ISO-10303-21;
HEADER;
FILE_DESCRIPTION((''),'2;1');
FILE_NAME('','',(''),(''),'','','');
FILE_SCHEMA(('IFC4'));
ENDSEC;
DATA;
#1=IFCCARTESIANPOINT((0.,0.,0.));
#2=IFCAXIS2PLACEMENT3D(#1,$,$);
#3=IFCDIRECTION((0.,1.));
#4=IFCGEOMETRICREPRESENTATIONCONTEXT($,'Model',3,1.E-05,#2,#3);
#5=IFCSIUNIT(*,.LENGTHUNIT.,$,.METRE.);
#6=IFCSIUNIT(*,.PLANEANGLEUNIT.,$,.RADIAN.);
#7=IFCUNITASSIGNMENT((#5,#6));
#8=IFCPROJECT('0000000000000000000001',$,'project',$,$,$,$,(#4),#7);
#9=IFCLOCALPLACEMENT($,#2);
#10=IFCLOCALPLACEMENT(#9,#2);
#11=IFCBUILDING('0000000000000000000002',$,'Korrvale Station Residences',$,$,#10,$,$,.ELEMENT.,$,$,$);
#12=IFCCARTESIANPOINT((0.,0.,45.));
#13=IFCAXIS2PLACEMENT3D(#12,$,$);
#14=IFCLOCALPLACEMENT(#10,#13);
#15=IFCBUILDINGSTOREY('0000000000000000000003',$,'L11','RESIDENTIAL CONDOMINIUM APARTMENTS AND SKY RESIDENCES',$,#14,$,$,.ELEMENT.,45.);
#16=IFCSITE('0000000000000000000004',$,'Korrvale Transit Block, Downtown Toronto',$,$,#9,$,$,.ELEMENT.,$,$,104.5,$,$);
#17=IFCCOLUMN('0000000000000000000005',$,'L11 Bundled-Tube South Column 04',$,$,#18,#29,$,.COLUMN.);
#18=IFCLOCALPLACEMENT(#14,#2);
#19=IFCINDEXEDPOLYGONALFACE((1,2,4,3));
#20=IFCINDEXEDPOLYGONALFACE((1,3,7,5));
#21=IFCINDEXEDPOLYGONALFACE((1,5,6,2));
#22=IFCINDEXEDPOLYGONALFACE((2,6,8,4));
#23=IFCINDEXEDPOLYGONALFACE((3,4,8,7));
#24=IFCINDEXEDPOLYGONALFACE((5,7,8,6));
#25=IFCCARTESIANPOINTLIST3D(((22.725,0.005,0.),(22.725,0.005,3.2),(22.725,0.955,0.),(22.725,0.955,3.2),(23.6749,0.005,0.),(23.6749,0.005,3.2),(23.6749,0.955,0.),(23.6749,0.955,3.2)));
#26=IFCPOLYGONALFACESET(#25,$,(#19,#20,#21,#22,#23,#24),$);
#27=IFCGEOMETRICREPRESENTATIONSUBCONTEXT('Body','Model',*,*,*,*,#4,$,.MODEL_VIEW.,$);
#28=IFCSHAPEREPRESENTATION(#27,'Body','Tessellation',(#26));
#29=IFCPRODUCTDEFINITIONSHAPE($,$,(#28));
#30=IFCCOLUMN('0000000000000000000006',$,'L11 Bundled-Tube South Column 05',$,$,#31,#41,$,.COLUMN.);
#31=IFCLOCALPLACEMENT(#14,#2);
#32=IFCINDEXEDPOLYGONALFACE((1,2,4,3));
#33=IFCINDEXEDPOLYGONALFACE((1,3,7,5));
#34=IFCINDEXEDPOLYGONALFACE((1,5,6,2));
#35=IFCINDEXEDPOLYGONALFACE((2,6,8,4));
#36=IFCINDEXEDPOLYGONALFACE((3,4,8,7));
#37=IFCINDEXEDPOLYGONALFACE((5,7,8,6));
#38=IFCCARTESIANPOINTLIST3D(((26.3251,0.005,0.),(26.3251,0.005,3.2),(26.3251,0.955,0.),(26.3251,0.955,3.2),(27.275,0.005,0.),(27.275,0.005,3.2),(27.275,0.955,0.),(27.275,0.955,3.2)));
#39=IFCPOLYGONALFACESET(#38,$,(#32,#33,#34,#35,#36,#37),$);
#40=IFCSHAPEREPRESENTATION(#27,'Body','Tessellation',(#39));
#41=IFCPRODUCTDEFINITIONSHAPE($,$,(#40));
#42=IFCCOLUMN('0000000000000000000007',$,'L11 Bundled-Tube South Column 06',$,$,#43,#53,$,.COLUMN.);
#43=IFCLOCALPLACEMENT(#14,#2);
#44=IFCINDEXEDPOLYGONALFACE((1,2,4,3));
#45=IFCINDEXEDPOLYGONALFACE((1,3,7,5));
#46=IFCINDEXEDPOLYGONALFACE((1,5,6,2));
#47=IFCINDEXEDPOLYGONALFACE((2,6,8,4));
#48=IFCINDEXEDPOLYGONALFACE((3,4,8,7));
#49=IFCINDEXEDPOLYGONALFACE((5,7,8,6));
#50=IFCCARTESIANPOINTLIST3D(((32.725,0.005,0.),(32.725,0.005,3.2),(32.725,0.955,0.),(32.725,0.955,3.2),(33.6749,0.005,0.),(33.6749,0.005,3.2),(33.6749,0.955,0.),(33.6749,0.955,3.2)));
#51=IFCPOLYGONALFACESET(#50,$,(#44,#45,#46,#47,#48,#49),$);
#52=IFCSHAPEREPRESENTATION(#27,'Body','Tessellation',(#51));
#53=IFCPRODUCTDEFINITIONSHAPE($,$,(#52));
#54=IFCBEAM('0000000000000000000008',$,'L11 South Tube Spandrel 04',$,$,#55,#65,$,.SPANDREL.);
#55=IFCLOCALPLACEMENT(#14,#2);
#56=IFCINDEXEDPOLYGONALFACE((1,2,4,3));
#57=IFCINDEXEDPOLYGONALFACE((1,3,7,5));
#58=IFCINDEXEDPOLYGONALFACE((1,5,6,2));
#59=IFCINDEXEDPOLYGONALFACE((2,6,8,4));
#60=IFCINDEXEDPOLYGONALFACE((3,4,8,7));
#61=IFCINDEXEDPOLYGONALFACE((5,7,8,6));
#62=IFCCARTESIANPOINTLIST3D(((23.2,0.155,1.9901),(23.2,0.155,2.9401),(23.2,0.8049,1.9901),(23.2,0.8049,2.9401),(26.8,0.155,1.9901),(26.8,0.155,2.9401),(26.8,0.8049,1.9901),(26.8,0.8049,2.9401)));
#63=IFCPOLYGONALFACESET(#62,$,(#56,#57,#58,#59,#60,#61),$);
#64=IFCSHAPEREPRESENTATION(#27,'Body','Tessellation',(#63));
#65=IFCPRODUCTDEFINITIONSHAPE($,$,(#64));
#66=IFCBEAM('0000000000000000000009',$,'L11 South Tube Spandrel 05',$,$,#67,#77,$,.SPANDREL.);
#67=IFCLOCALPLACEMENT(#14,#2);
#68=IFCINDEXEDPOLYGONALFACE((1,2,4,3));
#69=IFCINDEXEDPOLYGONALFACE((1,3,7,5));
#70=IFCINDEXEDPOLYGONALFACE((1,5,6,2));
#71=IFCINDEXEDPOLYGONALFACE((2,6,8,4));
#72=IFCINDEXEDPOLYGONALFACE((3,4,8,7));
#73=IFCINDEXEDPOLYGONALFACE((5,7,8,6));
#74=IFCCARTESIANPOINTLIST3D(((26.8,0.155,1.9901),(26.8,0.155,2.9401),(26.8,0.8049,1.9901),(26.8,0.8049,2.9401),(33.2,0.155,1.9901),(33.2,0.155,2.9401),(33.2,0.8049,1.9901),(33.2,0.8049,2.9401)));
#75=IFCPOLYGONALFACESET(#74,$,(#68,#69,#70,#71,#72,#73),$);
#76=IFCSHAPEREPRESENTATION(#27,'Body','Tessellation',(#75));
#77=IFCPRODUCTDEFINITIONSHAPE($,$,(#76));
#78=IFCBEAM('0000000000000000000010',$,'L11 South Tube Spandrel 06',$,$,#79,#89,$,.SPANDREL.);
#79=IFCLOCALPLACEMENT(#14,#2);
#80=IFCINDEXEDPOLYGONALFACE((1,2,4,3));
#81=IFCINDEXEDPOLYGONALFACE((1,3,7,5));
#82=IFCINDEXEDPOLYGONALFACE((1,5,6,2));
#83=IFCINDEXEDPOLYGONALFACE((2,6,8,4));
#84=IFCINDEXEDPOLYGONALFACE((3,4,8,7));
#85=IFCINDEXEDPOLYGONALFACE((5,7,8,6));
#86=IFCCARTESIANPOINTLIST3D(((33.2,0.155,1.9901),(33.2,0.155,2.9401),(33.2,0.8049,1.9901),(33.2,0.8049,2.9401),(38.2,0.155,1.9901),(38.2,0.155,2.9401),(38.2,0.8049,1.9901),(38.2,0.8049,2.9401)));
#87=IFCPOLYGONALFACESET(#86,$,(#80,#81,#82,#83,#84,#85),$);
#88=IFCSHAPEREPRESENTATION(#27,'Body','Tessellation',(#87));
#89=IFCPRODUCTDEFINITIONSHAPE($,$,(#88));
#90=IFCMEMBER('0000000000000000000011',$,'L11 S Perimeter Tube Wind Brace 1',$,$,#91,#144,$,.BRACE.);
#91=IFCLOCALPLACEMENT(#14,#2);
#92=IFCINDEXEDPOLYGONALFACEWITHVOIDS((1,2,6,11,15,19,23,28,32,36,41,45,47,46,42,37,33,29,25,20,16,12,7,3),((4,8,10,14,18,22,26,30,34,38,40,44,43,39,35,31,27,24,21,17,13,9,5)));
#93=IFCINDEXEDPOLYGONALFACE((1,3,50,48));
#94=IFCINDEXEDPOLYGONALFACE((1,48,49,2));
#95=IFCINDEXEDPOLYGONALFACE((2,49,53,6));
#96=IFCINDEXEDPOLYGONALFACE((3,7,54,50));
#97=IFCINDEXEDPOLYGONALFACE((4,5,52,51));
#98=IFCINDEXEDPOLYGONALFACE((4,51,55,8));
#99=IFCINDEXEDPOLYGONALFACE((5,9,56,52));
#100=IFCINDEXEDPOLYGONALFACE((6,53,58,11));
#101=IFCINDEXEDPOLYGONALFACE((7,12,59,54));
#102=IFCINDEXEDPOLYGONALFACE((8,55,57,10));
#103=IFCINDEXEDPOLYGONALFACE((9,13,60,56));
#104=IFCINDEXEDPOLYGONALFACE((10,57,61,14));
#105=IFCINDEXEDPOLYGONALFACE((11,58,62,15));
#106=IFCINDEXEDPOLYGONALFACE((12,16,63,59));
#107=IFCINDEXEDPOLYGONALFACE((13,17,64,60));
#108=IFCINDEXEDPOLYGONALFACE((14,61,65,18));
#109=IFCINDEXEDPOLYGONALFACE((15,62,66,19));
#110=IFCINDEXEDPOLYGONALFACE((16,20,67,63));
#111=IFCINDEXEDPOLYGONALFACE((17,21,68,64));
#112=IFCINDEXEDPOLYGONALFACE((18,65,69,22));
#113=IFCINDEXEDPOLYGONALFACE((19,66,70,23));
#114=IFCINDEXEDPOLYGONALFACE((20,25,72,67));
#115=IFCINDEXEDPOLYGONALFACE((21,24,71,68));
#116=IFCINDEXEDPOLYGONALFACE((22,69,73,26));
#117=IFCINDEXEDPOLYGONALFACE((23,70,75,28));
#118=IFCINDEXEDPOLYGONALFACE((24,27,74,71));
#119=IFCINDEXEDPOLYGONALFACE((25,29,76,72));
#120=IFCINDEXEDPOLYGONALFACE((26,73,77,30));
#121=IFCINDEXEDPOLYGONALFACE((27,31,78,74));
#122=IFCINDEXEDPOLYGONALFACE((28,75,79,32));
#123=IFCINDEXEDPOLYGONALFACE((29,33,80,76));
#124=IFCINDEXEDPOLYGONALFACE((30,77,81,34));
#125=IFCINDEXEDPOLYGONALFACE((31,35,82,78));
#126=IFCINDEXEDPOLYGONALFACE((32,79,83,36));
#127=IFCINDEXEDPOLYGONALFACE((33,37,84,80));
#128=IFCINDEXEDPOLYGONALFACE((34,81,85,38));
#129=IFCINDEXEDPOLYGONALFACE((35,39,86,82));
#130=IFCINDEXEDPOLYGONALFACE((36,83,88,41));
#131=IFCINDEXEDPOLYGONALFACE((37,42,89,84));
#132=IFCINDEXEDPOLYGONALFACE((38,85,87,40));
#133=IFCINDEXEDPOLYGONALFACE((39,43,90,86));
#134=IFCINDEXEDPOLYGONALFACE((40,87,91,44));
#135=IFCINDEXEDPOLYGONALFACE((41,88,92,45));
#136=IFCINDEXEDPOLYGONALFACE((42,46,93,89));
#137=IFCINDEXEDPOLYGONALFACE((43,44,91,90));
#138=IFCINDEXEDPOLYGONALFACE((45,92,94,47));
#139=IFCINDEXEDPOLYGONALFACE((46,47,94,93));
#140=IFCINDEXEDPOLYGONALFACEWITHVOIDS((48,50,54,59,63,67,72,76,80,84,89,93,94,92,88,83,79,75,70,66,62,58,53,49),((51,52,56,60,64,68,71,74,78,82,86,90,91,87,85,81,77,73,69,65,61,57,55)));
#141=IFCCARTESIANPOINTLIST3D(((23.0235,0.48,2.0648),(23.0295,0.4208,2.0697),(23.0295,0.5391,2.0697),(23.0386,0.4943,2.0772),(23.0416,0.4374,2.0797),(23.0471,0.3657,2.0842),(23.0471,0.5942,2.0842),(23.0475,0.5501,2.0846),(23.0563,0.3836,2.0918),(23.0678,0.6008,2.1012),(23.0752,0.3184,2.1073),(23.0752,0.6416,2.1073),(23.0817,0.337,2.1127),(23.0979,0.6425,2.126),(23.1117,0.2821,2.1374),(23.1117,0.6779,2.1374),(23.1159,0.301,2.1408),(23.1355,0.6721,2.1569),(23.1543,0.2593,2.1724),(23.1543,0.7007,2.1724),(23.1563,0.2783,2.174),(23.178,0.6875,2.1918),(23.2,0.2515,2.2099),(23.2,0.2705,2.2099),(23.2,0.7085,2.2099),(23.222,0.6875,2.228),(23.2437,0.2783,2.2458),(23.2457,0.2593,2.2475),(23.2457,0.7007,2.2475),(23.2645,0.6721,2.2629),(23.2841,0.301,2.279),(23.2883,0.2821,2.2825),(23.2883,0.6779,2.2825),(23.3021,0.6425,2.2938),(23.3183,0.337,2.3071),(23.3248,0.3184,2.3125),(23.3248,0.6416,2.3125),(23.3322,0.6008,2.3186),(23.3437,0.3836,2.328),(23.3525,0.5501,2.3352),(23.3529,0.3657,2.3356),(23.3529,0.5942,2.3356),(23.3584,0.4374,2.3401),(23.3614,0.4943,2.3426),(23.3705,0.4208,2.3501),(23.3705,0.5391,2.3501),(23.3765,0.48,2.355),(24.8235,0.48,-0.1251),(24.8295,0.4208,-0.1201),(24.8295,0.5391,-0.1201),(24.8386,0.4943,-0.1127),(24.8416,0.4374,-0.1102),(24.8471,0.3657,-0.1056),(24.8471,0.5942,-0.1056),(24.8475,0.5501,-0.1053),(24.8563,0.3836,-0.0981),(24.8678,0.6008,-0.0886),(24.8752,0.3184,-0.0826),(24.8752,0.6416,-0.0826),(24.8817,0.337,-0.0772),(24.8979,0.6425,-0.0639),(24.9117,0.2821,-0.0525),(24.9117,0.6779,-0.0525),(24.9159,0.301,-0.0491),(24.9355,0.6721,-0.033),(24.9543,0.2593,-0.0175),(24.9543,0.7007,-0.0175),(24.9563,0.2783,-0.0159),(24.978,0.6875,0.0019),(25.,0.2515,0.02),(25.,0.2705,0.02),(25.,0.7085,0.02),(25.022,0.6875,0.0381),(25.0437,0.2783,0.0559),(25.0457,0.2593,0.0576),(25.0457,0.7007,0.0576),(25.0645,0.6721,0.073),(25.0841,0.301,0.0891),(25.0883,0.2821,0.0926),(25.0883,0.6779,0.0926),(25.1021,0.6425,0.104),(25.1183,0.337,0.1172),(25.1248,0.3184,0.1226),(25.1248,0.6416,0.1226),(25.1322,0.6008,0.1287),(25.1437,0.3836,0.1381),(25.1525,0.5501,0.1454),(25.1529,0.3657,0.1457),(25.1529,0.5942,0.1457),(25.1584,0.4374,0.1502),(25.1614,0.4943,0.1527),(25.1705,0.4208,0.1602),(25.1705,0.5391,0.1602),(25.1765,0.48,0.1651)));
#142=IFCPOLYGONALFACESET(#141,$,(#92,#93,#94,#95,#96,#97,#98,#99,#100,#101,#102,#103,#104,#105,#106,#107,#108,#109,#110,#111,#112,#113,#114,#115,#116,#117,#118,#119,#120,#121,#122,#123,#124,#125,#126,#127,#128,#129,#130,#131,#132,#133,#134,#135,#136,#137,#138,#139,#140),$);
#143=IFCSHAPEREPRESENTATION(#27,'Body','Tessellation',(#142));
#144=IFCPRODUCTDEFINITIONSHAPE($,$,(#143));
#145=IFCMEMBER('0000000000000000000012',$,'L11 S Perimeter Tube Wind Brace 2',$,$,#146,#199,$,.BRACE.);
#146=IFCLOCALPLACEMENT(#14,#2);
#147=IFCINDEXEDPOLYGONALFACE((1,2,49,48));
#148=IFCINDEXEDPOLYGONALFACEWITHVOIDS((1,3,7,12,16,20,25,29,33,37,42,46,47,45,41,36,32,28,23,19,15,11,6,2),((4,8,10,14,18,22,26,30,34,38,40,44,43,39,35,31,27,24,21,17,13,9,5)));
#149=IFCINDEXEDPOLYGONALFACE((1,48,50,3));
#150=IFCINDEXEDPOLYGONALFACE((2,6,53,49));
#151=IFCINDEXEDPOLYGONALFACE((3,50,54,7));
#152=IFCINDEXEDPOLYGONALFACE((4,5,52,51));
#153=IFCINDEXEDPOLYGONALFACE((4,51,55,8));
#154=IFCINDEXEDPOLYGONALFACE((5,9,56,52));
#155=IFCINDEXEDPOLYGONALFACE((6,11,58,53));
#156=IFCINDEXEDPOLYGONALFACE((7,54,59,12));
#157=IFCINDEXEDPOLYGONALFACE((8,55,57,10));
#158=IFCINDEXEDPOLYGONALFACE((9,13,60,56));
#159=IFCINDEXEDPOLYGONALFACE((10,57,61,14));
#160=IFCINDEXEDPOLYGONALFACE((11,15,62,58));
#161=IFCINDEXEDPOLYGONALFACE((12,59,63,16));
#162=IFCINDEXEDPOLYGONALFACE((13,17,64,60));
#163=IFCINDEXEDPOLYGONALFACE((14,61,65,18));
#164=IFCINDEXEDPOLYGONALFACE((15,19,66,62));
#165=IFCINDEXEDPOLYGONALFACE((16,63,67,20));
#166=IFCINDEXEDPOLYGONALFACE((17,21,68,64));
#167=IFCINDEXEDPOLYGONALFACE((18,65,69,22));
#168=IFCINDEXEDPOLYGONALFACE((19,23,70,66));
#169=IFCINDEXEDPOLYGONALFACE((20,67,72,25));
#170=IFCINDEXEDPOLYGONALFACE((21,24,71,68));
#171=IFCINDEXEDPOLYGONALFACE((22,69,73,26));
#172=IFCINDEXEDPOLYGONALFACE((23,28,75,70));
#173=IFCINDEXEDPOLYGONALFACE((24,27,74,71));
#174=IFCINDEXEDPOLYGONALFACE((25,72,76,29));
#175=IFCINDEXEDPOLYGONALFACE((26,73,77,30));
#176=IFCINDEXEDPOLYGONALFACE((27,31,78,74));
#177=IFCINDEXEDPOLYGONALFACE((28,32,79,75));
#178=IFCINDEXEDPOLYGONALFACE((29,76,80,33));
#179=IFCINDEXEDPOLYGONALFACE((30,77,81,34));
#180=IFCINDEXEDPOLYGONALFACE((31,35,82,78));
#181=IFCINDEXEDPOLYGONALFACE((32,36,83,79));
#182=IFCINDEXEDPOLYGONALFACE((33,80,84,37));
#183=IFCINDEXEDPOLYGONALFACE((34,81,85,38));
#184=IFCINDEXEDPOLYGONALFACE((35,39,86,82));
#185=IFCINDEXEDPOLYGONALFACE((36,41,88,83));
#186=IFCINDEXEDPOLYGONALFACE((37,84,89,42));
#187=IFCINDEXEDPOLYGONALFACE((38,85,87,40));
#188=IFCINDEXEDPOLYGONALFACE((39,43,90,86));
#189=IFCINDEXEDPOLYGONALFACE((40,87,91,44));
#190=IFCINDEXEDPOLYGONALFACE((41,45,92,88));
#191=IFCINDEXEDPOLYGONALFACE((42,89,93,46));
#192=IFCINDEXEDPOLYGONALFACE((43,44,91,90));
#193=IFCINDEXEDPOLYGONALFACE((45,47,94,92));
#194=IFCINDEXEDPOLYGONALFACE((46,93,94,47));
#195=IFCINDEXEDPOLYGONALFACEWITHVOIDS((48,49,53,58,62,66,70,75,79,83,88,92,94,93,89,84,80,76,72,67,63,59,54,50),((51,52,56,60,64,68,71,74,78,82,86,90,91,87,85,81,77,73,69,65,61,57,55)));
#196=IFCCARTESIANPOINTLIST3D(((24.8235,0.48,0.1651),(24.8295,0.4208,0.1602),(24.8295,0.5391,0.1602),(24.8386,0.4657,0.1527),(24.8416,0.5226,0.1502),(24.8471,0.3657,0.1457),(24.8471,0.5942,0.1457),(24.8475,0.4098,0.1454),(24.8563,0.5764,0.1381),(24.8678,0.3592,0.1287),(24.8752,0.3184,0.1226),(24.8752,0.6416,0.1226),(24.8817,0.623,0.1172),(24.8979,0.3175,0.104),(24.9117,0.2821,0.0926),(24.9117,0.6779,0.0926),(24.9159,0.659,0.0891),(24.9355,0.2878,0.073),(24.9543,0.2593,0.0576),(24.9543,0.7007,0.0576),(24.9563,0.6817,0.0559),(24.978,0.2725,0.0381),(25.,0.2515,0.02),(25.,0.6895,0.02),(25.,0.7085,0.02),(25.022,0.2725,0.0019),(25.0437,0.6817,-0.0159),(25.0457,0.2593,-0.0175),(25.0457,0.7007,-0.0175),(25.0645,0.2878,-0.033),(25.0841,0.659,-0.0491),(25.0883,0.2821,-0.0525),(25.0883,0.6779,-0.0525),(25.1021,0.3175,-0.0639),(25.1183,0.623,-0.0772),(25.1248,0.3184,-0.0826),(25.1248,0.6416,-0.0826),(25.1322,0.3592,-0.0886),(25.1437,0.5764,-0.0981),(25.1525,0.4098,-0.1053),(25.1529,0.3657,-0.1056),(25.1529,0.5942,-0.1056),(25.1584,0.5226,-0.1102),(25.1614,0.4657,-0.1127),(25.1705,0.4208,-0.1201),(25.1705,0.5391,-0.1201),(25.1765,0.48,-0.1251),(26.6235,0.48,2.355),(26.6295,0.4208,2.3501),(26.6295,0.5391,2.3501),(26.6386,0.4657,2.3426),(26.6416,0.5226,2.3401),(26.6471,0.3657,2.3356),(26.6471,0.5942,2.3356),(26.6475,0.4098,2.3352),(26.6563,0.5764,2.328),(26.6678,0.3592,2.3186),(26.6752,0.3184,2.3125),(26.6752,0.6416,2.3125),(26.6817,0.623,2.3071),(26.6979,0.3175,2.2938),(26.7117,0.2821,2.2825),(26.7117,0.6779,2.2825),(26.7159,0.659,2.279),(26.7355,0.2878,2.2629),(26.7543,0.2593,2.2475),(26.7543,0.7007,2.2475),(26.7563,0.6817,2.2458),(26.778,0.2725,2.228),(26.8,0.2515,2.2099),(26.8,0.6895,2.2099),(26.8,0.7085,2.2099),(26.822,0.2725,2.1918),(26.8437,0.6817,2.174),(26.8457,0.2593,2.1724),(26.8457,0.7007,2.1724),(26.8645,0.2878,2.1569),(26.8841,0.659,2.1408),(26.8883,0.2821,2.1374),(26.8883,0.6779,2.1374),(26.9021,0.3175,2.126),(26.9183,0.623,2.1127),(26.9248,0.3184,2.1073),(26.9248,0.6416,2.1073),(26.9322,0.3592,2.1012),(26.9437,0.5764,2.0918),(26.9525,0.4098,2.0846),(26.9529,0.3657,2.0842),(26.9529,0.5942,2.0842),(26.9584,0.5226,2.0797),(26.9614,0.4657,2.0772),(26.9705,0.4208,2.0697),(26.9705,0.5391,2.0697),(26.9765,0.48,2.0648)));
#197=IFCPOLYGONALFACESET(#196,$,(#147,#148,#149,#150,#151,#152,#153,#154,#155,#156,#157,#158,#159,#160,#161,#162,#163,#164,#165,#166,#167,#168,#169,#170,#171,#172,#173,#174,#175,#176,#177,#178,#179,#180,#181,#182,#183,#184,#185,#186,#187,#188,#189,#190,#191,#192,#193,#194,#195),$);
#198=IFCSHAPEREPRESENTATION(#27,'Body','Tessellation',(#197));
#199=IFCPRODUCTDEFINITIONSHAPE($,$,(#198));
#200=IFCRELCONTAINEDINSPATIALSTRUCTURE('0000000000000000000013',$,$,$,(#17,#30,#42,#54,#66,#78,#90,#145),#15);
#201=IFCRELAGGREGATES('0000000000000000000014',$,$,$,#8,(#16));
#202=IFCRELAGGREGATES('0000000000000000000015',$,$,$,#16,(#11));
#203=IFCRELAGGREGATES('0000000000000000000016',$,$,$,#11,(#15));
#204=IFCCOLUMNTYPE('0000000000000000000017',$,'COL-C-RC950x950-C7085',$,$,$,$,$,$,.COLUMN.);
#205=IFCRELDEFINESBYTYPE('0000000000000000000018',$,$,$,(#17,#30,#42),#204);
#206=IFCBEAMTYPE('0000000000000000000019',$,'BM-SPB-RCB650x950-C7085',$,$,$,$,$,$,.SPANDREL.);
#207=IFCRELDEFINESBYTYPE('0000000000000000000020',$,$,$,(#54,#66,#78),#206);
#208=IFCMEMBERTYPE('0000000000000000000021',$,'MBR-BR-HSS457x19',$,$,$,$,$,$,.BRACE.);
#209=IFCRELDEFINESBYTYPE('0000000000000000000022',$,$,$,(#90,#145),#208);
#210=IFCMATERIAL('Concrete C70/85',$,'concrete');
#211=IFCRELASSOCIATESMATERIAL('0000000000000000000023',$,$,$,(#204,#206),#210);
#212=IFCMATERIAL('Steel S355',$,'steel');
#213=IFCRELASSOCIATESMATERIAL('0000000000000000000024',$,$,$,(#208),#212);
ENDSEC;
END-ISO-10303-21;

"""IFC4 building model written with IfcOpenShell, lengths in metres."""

from ifc_helpers import new_model, si_unit, direction, frame, origin, origin_2d, place, context, subcontext, project, spatial, rectangle, hollow_circle, extrude, material, material_profile, profile_set, type_object, element, save


model = new_model("IFC4")

# Units and contexts
model_context = context("Model", 3, precision=1e-05, world=origin(), true_north=direction((0.0, 1.0)))
body_context = subcontext(model_context, "Body", "Model", "MODEL_VIEW")
ifc_project = project(units=[si_unit("LENGTHUNIT", "METRE"), si_unit("PLANEANGLEUNIT", "RADIAN")], contexts=[model_context])

# Site, building, storey
site_placement = place(None, origin())
site = spatial("IfcSite", under=ifc_project, at=site_placement, Name="Korrvale Transit Block, Downtown Toronto", CompositionType="ELEMENT", RefElevation=104.5)
building_placement = place(site_placement, origin())
building = spatial("IfcBuilding", under=site, at=building_placement, Name="Korrvale Station Residences", CompositionType="ELEMENT")
storey_placement = place(building_placement, frame((0.0, 0.0, 45.0)))
storey = spatial("IfcBuildingStorey", under=building, at=storey_placement, Name="L11", Description="RESIDENTIAL CONDOMINIUM APARTMENTS AND SKY RESIDENCES", CompositionType="ELEMENT", Elevation=45.0)

# Columns
ifc_material_1 = material(Name="Concrete C70/85", Category="concrete")
ifc_material_profile_1 = material_profile(ifc_material_1, rectangle(XDim=0.95, YDim=0.95, at=origin_2d()), Name="RC950x950")
ifc_profile_set_1 = profile_set([ifc_material_profile_1], Name="Concrete C70/85")
column_type = type_object("IfcColumnType", Name="COL-C-RC950x950-C7085", PredefinedType="COLUMN", material=ifc_profile_set_1)
for number, where, z_axis, x_axis, name in (
    (1, (23.2, 0.48, 0.0), (0.0, 0.0, 1.0), (1.0, 0.0, 0.0), "L11 Bundled-Tube South Column 04"),
    (2, (26.8, 0.48, 0.0), (0.0, 0.0, 1.0), (1.0, 0.0, 0.0), "L11 Bundled-Tube South Column 05"),
    (3, (33.2, 0.48, 0.0), (0.0, 0.0, 1.0), (1.0, 0.0, 0.0), "L11 Bundled-Tube South Column 06"),
):
    element("IfcColumn", number, at=place(storey_placement, frame(where, z_axis=z_axis, x_axis=x_axis)), inside=storey, type_object=column_type, Name=name, PredefinedType="COLUMN", context=body_context, shape_type="SweptSolid", body=[
        extrude(rectangle(XDim=0.95, YDim=0.95, at=origin_2d()), origin(), (0.0, 0.0, 1.0), 3.2),
    ])

# Beams
ifc_material_profile_2 = material_profile(ifc_material_1, rectangle(XDim=0.6499, YDim=0.95, at=origin_2d()), Name="RCB650x950")
ifc_profile_set_2 = profile_set([ifc_material_profile_2], Name="Concrete C70/85")
beam_type = type_object("IfcBeamType", Name="BM-SPB-RCB650x950-C7085", PredefinedType="SPANDREL", material=ifc_profile_set_2)
beam_1_placement = place(storey_placement, frame((23.2, 0.48, 2.4651), z_axis=(1.0, 0.0, 0.0), x_axis=(0.0, 1.0, 0.0)))
element("IfcBeam", 4, at=beam_1_placement, inside=storey, type_object=beam_type, Name="L11 South Tube Spandrel 04", PredefinedType="SPANDREL", context=body_context, shape_type="SweptSolid", body=[
    extrude(rectangle(XDim=0.6499, YDim=0.95, at=origin_2d()), origin(), (0.0, 0.0, 1.0), 3.6001),
])
beam_2_placement = place(storey_placement, frame((26.8, 0.48, 2.4651), z_axis=(1.0, 0.0, 0.0), x_axis=(0.0, 1.0, 0.0)))
element("IfcBeam", 5, at=beam_2_placement, inside=storey, type_object=beam_type, Name="L11 South Tube Spandrel 05", PredefinedType="SPANDREL", context=body_context, shape_type="SweptSolid", body=[
    extrude(rectangle(XDim=0.6499, YDim=0.95, at=origin_2d()), origin(), (0.0, 0.0, 1.0), 6.3999),
])
beam_3_placement = place(storey_placement, frame((33.2, 0.48, 2.4651), z_axis=(1.0, 0.0, 0.0), x_axis=(0.0, 1.0, 0.0)))
element("IfcBeam", 6, at=beam_3_placement, inside=storey, type_object=beam_type, Name="L11 South Tube Spandrel 06", PredefinedType="SPANDREL", context=body_context, shape_type="SweptSolid", body=[
    extrude(rectangle(XDim=0.6499, YDim=0.95, at=origin_2d()), origin(), (0.0, 0.0, 1.0), 5.0),
])

# Members
ifc_material_2 = material(Name="Steel S355", Category="steel")
ifc_material_profile_3 = material_profile(ifc_material_2, hollow_circle(Radius=0.2285, WallThickness=0.019, at=origin_2d()), Name="HSS457x19")
ifc_profile_set_3 = profile_set([ifc_material_profile_3], Name="Steel S355")
member_type = type_object("IfcMemberType", Name="MBR-BR-HSS457x19", PredefinedType="BRACE", material=ifc_profile_set_3)
for number, where, z_axis, x_axis, name in (
    (7, (25.0, 0.48, 0.02), (-0.634985, 0.0, 0.772524), (0.0, -1.0, 0.0), "L11 S Perimeter Tube Wind Brace 1"),
    (8, (25.0, 0.48, 0.02), (0.634985, 0.0, 0.772524), (0.0, 1.0, 0.0), "L11 S Perimeter Tube Wind Brace 2"),
):
    element("IfcMember", number, at=place(storey_placement, frame(where, z_axis=z_axis, x_axis=x_axis)), inside=storey, type_object=member_type, Name=name, PredefinedType="BRACE", context=body_context, shape_type="SweptSolid", body=[
        extrude(hollow_circle(Radius=0.2285, WallThickness=0.019, at=origin_2d()), origin(), (0.0, 0.0, 1.0), 2.8347),
    ])

save(model, "model.ifc")
